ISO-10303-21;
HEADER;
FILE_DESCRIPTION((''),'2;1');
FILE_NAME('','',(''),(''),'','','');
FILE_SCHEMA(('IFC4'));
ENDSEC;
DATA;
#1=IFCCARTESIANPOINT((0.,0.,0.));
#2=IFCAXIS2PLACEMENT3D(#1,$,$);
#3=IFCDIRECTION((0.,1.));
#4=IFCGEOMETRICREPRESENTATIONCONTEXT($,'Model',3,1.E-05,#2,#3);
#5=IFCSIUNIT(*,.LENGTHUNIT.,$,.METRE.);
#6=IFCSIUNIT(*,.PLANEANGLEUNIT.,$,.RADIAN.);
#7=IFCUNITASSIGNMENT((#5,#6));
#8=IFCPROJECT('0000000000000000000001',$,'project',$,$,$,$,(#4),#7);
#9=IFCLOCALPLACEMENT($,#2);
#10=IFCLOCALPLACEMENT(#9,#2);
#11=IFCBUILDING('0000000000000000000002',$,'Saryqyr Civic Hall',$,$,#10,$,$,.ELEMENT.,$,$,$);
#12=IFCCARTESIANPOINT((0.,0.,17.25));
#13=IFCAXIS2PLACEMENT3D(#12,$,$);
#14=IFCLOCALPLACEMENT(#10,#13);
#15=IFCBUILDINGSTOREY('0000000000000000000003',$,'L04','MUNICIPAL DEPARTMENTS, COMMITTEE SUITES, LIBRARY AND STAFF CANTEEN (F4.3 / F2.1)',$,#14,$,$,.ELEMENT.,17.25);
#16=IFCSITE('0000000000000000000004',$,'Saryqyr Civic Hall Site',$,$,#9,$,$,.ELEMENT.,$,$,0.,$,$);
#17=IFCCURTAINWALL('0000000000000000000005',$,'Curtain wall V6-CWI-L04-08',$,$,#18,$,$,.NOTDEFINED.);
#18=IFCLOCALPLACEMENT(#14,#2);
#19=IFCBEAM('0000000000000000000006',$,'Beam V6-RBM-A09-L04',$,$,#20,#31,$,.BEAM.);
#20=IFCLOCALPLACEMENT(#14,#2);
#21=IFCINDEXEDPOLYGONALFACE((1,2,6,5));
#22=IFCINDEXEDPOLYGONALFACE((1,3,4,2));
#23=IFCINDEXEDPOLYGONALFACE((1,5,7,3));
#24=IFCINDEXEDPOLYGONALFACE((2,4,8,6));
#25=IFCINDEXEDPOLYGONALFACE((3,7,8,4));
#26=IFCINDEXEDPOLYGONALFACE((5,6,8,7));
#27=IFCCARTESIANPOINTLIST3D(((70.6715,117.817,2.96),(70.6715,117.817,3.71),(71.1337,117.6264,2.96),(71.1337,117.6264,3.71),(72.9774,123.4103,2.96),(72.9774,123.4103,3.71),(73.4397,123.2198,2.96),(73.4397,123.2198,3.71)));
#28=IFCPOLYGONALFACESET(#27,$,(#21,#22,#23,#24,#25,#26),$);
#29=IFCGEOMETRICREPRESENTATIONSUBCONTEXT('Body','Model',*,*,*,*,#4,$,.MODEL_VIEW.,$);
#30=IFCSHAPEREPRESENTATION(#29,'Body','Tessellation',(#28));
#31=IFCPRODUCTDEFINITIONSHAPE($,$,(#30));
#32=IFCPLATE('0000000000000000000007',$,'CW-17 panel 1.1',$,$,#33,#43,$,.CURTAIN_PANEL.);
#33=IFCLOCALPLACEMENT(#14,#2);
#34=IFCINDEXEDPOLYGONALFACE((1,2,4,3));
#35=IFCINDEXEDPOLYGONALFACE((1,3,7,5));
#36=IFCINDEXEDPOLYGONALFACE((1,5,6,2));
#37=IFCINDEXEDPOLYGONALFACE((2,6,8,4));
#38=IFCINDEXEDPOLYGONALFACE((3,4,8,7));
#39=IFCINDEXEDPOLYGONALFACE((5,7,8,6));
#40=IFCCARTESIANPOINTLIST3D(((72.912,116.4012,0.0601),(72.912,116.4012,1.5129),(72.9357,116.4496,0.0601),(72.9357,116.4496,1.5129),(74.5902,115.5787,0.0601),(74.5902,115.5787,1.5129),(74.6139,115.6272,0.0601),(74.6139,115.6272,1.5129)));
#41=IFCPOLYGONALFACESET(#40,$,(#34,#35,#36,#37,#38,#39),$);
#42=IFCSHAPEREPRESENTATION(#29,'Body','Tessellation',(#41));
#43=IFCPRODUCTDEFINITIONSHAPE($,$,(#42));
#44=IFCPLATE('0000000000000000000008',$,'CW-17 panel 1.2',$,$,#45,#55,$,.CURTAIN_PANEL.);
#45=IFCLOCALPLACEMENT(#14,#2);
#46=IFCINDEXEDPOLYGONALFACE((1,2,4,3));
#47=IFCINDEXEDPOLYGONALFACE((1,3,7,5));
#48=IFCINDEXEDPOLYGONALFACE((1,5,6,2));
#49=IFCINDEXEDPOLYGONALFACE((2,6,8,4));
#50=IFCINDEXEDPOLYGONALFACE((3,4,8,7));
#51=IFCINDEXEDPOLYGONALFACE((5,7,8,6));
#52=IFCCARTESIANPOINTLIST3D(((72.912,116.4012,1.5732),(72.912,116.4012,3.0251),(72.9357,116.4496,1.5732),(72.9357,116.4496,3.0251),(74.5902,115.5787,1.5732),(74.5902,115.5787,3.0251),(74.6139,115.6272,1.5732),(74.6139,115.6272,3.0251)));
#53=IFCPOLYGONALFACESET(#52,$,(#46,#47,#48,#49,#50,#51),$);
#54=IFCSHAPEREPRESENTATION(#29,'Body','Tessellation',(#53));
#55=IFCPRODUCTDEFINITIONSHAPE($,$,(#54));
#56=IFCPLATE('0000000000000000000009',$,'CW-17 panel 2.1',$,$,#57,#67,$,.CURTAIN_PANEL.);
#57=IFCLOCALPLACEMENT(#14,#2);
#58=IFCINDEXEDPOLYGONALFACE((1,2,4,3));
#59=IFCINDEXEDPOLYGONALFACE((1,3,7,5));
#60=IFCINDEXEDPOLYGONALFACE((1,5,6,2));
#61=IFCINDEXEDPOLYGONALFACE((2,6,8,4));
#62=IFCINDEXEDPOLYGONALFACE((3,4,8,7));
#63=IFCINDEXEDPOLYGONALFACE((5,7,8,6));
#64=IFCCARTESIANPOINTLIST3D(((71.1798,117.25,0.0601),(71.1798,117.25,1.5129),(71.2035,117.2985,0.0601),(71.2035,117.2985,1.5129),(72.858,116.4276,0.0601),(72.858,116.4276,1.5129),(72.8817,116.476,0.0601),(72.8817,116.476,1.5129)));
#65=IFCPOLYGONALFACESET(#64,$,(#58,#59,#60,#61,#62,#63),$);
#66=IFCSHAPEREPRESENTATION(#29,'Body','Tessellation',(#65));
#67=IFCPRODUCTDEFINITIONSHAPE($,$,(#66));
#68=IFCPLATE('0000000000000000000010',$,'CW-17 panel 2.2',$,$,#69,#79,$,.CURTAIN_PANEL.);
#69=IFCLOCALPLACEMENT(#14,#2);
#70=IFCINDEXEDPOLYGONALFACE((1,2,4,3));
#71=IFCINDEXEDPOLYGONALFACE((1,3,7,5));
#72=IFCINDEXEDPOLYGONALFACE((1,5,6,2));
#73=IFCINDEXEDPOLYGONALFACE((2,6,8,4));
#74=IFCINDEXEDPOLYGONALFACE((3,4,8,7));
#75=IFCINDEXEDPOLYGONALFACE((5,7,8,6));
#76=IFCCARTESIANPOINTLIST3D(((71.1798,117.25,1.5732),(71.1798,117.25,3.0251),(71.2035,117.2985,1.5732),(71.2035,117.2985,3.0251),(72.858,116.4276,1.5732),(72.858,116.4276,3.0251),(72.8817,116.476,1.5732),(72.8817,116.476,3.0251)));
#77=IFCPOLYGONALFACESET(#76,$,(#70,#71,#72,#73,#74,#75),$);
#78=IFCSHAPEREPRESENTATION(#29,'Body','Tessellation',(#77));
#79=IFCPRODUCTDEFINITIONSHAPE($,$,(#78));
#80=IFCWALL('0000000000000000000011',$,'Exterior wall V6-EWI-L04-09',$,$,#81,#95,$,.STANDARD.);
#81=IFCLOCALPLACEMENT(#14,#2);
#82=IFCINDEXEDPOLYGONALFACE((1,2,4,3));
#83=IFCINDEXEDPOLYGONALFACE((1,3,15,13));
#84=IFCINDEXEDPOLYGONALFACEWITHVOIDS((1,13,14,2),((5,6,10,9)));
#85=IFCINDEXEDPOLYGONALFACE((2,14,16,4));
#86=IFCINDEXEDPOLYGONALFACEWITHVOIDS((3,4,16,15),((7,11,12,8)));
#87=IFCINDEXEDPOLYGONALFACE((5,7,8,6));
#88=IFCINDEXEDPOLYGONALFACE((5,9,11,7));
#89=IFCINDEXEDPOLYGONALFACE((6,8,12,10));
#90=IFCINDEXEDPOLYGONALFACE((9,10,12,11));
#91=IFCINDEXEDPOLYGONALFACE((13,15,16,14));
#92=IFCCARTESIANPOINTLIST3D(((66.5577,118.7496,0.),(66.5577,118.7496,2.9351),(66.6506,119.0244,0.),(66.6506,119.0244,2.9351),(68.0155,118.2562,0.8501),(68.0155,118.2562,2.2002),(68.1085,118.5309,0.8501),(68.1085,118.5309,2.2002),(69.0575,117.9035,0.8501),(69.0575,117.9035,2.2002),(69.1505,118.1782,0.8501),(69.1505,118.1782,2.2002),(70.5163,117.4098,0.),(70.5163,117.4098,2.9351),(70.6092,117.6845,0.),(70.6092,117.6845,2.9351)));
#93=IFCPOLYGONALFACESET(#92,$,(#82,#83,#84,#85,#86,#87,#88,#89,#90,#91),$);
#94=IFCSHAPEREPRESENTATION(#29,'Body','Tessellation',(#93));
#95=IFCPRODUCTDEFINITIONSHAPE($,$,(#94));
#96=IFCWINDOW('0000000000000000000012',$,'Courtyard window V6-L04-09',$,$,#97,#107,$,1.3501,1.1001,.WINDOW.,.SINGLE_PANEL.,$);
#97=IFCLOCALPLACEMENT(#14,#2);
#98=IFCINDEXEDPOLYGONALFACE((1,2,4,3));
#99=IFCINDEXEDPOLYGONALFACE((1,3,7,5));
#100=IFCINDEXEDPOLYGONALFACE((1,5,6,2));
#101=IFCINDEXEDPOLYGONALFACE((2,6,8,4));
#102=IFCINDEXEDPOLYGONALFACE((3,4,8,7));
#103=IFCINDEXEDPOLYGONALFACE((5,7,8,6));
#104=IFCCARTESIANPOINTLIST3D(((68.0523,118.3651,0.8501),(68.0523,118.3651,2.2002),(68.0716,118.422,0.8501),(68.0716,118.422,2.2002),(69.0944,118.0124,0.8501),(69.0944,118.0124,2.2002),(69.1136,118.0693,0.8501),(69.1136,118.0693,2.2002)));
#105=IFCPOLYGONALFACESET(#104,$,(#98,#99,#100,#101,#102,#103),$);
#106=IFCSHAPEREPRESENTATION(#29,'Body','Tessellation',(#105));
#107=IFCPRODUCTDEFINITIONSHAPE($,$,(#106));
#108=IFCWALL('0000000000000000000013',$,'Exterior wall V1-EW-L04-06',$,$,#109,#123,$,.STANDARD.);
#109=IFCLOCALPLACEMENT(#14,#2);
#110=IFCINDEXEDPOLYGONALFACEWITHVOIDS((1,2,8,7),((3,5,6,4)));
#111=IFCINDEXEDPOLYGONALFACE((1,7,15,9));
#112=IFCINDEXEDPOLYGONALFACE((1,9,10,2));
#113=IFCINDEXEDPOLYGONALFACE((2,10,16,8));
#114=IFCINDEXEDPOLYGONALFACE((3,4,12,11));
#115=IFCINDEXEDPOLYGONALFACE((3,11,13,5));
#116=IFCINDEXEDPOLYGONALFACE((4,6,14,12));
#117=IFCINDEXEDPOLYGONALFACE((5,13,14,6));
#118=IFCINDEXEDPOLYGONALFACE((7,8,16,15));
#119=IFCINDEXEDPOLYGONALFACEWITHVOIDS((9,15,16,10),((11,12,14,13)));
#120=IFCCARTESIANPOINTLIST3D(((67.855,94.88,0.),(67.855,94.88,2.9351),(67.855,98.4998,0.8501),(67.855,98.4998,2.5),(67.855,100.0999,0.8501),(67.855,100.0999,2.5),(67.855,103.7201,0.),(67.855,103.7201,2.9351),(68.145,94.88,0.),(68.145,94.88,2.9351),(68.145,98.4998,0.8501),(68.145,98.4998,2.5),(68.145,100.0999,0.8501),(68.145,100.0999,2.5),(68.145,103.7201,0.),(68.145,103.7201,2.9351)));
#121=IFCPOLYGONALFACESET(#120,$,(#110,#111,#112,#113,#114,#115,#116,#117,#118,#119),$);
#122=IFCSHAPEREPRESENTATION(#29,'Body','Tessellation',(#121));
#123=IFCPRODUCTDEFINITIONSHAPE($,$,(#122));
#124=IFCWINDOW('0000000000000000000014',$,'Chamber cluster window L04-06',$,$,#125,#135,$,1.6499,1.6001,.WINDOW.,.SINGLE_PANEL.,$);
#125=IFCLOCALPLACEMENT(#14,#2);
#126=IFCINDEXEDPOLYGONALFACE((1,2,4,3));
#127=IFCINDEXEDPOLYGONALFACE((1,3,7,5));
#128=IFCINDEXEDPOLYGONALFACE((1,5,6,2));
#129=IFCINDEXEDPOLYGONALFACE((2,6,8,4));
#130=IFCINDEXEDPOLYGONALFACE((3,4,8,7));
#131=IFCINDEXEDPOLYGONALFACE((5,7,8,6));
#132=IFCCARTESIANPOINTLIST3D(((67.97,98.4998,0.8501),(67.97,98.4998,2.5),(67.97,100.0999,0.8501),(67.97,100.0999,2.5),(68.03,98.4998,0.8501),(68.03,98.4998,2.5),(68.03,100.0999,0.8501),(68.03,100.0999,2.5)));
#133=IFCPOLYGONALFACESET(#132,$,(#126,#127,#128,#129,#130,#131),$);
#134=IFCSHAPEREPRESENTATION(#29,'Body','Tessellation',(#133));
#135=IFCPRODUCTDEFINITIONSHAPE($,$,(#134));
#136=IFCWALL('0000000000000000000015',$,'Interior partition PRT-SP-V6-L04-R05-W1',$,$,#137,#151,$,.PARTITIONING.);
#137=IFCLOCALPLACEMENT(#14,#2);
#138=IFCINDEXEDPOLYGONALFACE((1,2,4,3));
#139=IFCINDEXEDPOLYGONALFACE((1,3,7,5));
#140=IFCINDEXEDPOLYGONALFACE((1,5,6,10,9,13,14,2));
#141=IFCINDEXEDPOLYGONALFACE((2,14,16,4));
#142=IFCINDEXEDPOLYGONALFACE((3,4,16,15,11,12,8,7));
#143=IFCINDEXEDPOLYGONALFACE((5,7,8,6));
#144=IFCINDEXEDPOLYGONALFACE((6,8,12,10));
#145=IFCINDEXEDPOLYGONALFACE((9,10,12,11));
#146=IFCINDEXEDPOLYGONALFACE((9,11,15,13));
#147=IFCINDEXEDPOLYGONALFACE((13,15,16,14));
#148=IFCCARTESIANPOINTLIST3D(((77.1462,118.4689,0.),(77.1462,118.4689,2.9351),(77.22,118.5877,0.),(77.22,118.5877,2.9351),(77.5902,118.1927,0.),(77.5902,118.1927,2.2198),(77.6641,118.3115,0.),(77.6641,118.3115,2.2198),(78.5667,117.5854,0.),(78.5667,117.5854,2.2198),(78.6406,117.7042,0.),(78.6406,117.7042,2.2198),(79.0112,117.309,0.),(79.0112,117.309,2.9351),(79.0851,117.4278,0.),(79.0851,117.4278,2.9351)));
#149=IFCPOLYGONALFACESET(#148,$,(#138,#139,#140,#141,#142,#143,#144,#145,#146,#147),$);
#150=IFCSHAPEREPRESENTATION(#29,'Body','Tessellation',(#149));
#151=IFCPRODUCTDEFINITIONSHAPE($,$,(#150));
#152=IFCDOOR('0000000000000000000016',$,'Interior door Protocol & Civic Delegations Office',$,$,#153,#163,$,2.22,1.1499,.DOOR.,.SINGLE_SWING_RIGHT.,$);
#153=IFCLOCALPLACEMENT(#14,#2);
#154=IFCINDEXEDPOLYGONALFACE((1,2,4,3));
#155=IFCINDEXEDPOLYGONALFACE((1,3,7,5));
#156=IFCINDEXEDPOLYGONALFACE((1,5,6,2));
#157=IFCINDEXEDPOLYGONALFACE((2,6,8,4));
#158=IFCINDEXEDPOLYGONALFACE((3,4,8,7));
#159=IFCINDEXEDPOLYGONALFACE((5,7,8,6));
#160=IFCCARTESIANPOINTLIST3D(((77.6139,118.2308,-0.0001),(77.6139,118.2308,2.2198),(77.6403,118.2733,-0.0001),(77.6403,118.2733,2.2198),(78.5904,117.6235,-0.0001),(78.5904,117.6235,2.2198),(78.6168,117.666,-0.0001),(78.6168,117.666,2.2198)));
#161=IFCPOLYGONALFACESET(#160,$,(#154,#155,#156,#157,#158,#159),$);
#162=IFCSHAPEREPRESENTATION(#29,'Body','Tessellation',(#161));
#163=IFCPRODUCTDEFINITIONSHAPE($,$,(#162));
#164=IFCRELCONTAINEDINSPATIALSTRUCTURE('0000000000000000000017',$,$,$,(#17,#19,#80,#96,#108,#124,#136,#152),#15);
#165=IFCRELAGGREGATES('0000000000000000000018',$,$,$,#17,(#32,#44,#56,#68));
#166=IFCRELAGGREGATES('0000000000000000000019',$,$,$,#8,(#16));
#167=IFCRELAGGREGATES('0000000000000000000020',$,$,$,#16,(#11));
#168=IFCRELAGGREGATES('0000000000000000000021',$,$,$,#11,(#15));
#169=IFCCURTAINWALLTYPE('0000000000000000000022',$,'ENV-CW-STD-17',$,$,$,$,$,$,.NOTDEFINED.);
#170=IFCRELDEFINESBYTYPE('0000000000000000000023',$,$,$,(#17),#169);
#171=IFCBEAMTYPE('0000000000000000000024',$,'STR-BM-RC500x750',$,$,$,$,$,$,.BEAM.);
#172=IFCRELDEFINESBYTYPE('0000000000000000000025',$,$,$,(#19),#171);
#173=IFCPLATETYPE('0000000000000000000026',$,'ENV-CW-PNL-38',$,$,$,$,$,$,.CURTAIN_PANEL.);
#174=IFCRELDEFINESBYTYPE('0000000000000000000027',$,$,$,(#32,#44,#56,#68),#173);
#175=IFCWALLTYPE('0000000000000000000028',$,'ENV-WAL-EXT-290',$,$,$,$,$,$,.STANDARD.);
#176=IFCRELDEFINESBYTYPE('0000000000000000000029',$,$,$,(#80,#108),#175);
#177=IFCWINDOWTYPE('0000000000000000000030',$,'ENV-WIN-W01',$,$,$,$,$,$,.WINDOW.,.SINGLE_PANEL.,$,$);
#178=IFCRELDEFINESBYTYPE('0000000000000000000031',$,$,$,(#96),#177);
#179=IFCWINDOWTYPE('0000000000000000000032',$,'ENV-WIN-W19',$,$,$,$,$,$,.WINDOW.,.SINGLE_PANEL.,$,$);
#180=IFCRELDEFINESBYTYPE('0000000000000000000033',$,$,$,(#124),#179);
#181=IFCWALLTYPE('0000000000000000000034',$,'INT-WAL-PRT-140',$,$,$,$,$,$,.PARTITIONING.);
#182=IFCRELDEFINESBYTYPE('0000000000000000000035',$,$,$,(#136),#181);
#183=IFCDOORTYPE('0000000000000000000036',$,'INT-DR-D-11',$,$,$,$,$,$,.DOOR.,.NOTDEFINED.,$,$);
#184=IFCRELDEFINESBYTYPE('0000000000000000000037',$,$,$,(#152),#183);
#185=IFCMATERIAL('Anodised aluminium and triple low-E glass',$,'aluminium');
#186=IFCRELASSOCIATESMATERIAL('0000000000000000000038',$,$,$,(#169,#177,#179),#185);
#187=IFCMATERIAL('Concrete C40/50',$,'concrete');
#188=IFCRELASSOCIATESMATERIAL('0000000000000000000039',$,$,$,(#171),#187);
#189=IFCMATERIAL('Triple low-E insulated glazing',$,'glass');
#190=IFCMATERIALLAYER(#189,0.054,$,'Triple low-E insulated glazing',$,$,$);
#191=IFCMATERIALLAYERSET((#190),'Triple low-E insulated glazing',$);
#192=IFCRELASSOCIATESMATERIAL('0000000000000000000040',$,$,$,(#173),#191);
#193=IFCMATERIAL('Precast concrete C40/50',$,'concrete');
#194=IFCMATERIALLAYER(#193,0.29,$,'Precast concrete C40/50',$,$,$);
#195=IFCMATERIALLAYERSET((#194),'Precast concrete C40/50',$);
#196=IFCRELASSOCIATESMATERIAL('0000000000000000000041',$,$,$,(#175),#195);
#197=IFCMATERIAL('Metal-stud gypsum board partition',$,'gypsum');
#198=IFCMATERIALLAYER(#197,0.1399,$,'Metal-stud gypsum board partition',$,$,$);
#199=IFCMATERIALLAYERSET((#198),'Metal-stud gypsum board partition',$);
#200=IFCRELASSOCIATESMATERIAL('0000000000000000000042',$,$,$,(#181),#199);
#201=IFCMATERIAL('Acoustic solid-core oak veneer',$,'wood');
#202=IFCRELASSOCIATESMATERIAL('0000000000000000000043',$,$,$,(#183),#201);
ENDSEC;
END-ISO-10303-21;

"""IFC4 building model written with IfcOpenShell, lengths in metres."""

from ifc_helpers import new_model, si_unit, direction, frame, frame_2d, origin, origin_2d, place, context, subcontext, project, spatial, rectangle, extrude, material, layer, layer_set, material_profile, profile_set, type_object, element, fill, aggregate, save


model = new_model("IFC4")

# Units and contexts
model_context = context("Model", 3, precision=1e-05, world=origin(), true_north=direction((0.0, 1.0)))
body_context = subcontext(model_context, "Body", "Model", "MODEL_VIEW")
ifc_project = project(units=[si_unit("LENGTHUNIT", "METRE"), si_unit("PLANEANGLEUNIT", "RADIAN")], contexts=[model_context])

# Site, building, storey
site_placement = place(None, origin())
site = spatial("IfcSite", under=ifc_project, at=site_placement, Name="Saryqyr Civic Hall Site", CompositionType="ELEMENT", RefElevation=0.0)
building_placement = place(site_placement, origin())
building = spatial("IfcBuilding", under=site, at=building_placement, Name="Saryqyr Civic Hall", CompositionType="ELEMENT")
storey_placement = place(building_placement, frame((0.0, 0.0, 17.25)))
storey = spatial("IfcBuildingStorey", under=building, at=storey_placement, Name="L04", Description="MUNICIPAL DEPARTMENTS, COMMITTEE SUITES, LIBRARY AND STAFF CANTEEN (F4.3 / F2.1)", CompositionType="ELEMENT", Elevation=17.25)

# Shared definitions
ifc_material_1 = material(Name="Concrete C40/50", Category="concrete")

# Curtain wall
ifc_material_2 = material(Name="Anodised aluminium and triple low-E glass", Category="aluminium")
curtain_wall_type = type_object("IfcCurtainWallType", Name="ENV-CW-STD-17", PredefinedType="NOTDEFINED", material=ifc_material_2)
curtain_wall_placement = place(storey_placement, origin())
curtain_wall = element("IfcCurtainWall", 1, at=curtain_wall_placement, inside=storey, type_object=curtain_wall_type, Name="Curtain wall V6-CWI-L04-08", PredefinedType="NOTDEFINED")

# Beam
ifc_material_profile_1 = material_profile(ifc_material_1, rectangle(XDim=0.5, YDim=0.75, at=origin_2d()), Name="RC 500x750")
ifc_profile_set_1 = profile_set([ifc_material_profile_1], Name="Concrete C40/50")
beam_type_1 = type_object("IfcBeamType", Name="STR-BM-RC500x750", PredefinedType="BEAM", material=ifc_profile_set_1)
for number, where, z_axis, x_axis, name in (
    (2, (70.9026, 117.7217, 3.335), (0.381146, 0.924515, 0.0), (-0.924515, 0.381146, 0.0), "Beam V6-RBM-A09-L04"),
):
    element("IfcBeam", number, at=place(storey_placement, frame(where, z_axis=z_axis, x_axis=x_axis)), inside=storey, type_object=beam_type_1, Name=name, PredefinedType="BEAM", context=body_context, shape_type="SweptSolid", body=[
        extrude(rectangle(XDim=0.5, YDim=0.75, at=origin_2d()), origin(), (0.0, 0.0, 1.0), 6.05),
    ])

# Plates
ifc_material_3 = material(Name="Triple low-E insulated glazing", Category="glass")
ifc_layer_1 = layer(ifc_material_3, 0.054, Name="Triple low-E insulated glazing")
ifc_layer_set_1 = layer_set([ifc_layer_1], Name="Triple low-E insulated glazing")
plate_type = type_object("IfcPlateType", Name="ENV-CW-PNL-38", PredefinedType="CURTAIN_PANEL", material=ifc_layer_set_1)
plate_1_placement = place(storey_placement, frame((73.7629, 116.0142, 0.0601), z_axis=(0.0, 0.0, 1.0), x_axis=(-0.897962, 0.440073, 0.0)))
plate_1 = element("IfcPlate", 3, at=plate_1_placement, type_object=plate_type, Name="CW-17 panel 1.1", PredefinedType="CURTAIN_PANEL", context=body_context, shape_type="SweptSolid", body=[
    extrude(rectangle(XDim=1.8689, YDim=0.054, at=origin_2d()), origin(), (0.0, 0.0, 1.0), 1.4529),
])
plate_2_placement = place(storey_placement, frame((73.7629, 116.0142, 1.5732), z_axis=(0.0, 0.0, 1.0), x_axis=(-0.897962, 0.440073, 0.0)))
plate_2 = element("IfcPlate", 4, at=plate_2_placement, type_object=plate_type, Name="CW-17 panel 1.2", PredefinedType="CURTAIN_PANEL", context=body_context, shape_type="SweptSolid", body=[
    extrude(rectangle(XDim=1.8689, YDim=0.054, at=origin_2d()), origin(), (0.0, 0.0, 1.0), 1.4519),
])
plate_3_placement = place(storey_placement, frame((72.0308, 116.863, 0.0601), z_axis=(0.0, 0.0, 1.0), x_axis=(-0.897962, 0.440073, 0.0)))
plate_3 = element("IfcPlate", 5, at=plate_3_placement, type_object=plate_type, Name="CW-17 panel 2.1", PredefinedType="CURTAIN_PANEL", context=body_context, shape_type="SweptSolid", body=[
    extrude(rectangle(XDim=1.8689, YDim=0.054, at=origin_2d()), origin(), (0.0, 0.0, 1.0), 1.4529),
])
plate_4_placement = place(storey_placement, frame((72.0308, 116.863, 1.5732), z_axis=(0.0, 0.0, 1.0), x_axis=(-0.897962, 0.440073, 0.0)))
plate_4 = element("IfcPlate", 6, at=plate_4_placement, type_object=plate_type, Name="CW-17 panel 2.2", PredefinedType="CURTAIN_PANEL", context=body_context, shape_type="SweptSolid", body=[
    extrude(rectangle(XDim=1.8689, YDim=0.054, at=origin_2d()), origin(), (0.0, 0.0, 1.0), 1.4519),
])
aggregate(curtain_wall, [plate_1, plate_2, plate_3, plate_4])

# Walls, openings, windows
ifc_material_4 = material(Name="Precast concrete C40/50", Category="concrete")
ifc_layer_2 = layer(ifc_material_4, 0.29, Name="Precast concrete C40/50")
ifc_layer_set_2 = layer_set([ifc_layer_2], Name="Precast concrete C40/50")
wall_type_1 = type_object("IfcWallType", Name="ENV-WAL-EXT-290", PredefinedType="STANDARD", material=ifc_layer_set_2)
wall_1_placement = place(storey_placement, frame((70.5627, 117.5471, 0.0), z_axis=(0.0, 0.0, 1.0), x_axis=(-0.947213, 0.320606, 0.0)))
wall_1 = element("IfcWall", 7, at=wall_1_placement, inside=storey, type_object=wall_type_1, Name="Exterior wall V6-EWI-L04-09", PredefinedType="STANDARD", context=body_context, shape_type="SweptSolid", body=[
    extrude(rectangle(XDim=4.1792, YDim=0.29, at=frame_2d((2.0896, 0.0))), origin(), (0.0, 0.0, 1.0), 2.9351),
])
opening_1_placement = place(wall_1_placement, frame((1.54, 0.0, 0.8501)))
opening_1 = element("IfcOpeningElement", 8, at=opening_1_placement, cuts=wall_1, PredefinedType="OPENING", context=body_context, shape_type="SweptSolid", body=[
    extrude(rectangle(XDim=1.1001, YDim=1.3501, at=frame_2d((0.55, 0.675))), frame((0.0, 0.155, 0.0), z_axis=(0.0, -1.0, 0.0), x_axis=(1.0, 0.0, 0.0)), (0.0, 0.0, 1.0), 0.3101),
])
window_type_1 = type_object("IfcWindowType", Name="ENV-WIN-W01", PartitioningType="SINGLE_PANEL", PredefinedType="WINDOW", material=ifc_material_2)
window_1_placement = place(opening_1_placement, origin())
window_1 = element("IfcWindow", 9, at=window_1_placement, inside=storey, type_object=window_type_1, Name="Courtyard window V6-L04-09", OverallHeight=1.3501, OverallWidth=1.1001, PartitioningType="SINGLE_PANEL", PredefinedType="WINDOW", context=body_context, shape_type="SweptSolid", body=[
    extrude(rectangle(XDim=1.1001, YDim=1.3501, at=frame_2d((0.55, 0.675))), frame((0.0, 0.03, 0.0), z_axis=(0.0, -1.0, 0.0), x_axis=(1.0, 0.0, 0.0)), (0.0, 0.0, 1.0), 0.0601),
])
fill(opening_1, window_1)
wall_2_placement = place(storey_placement, frame((68.0, 103.72, 0.0), z_axis=(0.0, 0.0, 1.0), x_axis=(0.0, -1.0, 0.0)))
wall_2 = element("IfcWall", 10, at=wall_2_placement, inside=storey, type_object=wall_type_1, Name="Exterior wall V1-EW-L04-06", PredefinedType="STANDARD", context=body_context, shape_type="SweptSolid", body=[
    extrude(rectangle(XDim=8.8401, YDim=0.29, at=frame_2d((4.4199, 0.0))), origin(), (0.0, 0.0, 1.0), 2.9351),
])
opening_2_placement = place(wall_2_placement, frame((3.6201, 0.0, 0.8501)))
opening_2 = element("IfcOpeningElement", 11, at=opening_2_placement, cuts=wall_2, PredefinedType="OPENING", context=body_context, shape_type="SweptSolid", body=[
    extrude(rectangle(XDim=1.6001, YDim=1.6499, at=frame_2d((0.8, 0.825))), frame((0.0, 0.155, 0.0), z_axis=(0.0, -1.0, 0.0), x_axis=(1.0, 0.0, 0.0)), (0.0, 0.0, 1.0), 0.3101),
])
window_type_2 = type_object("IfcWindowType", Name="ENV-WIN-W19", PartitioningType="SINGLE_PANEL", PredefinedType="WINDOW", material=ifc_material_2)
window_2_placement = place(opening_2_placement, origin())
window_2 = element("IfcWindow", 12, at=window_2_placement, inside=storey, type_object=window_type_2, Name="Chamber cluster window L04-06", OverallHeight=1.6499, OverallWidth=1.6001, PartitioningType="SINGLE_PANEL", PredefinedType="WINDOW", context=body_context, shape_type="SweptSolid", body=[
    extrude(rectangle(XDim=1.6001, YDim=1.6499, at=frame_2d((0.8, 0.825))), frame((0.0, 0.03, 0.0), z_axis=(0.0, -1.0, 0.0), x_axis=(1.0, 0.0, 0.0)), (0.0, 0.0, 1.0), 0.0601),
])
fill(opening_2, window_2)

# Wall, opening, door
ifc_material_5 = material(Name="Metal-stud gypsum board partition", Category="gypsum")
ifc_layer_3 = layer(ifc_material_5, 0.1399, Name="Metal-stud gypsum board partition")
ifc_layer_set_3 = layer_set([ifc_layer_3], Name="Metal-stud gypsum board partition")
wall_type_2 = type_object("IfcWallType", Name="INT-WAL-PRT-140", PredefinedType="PARTITIONING", material=ifc_layer_set_3)
wall_3_placement = place(storey_placement, frame((77.1831, 118.5283, 0.0), z_axis=(0.0, 0.0, 1.0), x_axis=(0.849164, -0.528129, 0.0)))
wall_3 = element("IfcWall", 13, at=wall_3_placement, inside=storey, type_object=wall_type_2, Name="Interior partition PRT-SP-V6-L04-R05-W1", PredefinedType="PARTITIONING", context=body_context, shape_type="SweptSolid", body=[
    extrude(rectangle(XDim=2.1963, YDim=0.1399, at=frame_2d((1.0981, 0.0))), origin(), (0.0, 0.0, 1.0), 2.9351),
])
opening_3_placement = place(wall_3_placement, frame((0.5229, 0.0, 0.0)))
opening_3 = element("IfcOpeningElement", 14, at=opening_3_placement, cuts=wall_3, PredefinedType="OPENING", context=body_context, shape_type="SweptSolid", body=[
    extrude(rectangle(XDim=1.1499, YDim=2.22, at=frame_2d((0.575, 1.1099))), frame((0.0, 0.0798, 0.0), z_axis=(0.0, -1.0, 0.0), x_axis=(1.0, 0.0, 0.0)), (0.0, 0.0, 1.0), 0.1599),
])
ifc_material_6 = material(Name="Acoustic solid-core oak veneer", Category="wood")
door_type = type_object("IfcDoorType", Name="INT-DR-D-11", OperationType="NOTDEFINED", PredefinedType="DOOR", material=ifc_material_6)
door_placement = place(opening_3_placement, origin())
door = element("IfcDoor", 15, at=door_placement, inside=storey, type_object=door_type, Name="Interior door Protocol & Civic Delegations Office", OperationType="SINGLE_SWING_RIGHT", OverallHeight=2.22, OverallWidth=1.1499, PredefinedType="DOOR", context=body_context, shape_type="SweptSolid", body=[
    extrude(rectangle(XDim=1.1499, YDim=2.22, at=frame_2d((0.575, 1.1099))), frame((0.0, 0.0249, 0.0), z_axis=(0.0, -1.0, 0.0), x_axis=(1.0, 0.0, 0.0)), (0.0, 0.0, 1.0), 0.05),
])
fill(opening_3, door)

save(model, "model.ifc")
